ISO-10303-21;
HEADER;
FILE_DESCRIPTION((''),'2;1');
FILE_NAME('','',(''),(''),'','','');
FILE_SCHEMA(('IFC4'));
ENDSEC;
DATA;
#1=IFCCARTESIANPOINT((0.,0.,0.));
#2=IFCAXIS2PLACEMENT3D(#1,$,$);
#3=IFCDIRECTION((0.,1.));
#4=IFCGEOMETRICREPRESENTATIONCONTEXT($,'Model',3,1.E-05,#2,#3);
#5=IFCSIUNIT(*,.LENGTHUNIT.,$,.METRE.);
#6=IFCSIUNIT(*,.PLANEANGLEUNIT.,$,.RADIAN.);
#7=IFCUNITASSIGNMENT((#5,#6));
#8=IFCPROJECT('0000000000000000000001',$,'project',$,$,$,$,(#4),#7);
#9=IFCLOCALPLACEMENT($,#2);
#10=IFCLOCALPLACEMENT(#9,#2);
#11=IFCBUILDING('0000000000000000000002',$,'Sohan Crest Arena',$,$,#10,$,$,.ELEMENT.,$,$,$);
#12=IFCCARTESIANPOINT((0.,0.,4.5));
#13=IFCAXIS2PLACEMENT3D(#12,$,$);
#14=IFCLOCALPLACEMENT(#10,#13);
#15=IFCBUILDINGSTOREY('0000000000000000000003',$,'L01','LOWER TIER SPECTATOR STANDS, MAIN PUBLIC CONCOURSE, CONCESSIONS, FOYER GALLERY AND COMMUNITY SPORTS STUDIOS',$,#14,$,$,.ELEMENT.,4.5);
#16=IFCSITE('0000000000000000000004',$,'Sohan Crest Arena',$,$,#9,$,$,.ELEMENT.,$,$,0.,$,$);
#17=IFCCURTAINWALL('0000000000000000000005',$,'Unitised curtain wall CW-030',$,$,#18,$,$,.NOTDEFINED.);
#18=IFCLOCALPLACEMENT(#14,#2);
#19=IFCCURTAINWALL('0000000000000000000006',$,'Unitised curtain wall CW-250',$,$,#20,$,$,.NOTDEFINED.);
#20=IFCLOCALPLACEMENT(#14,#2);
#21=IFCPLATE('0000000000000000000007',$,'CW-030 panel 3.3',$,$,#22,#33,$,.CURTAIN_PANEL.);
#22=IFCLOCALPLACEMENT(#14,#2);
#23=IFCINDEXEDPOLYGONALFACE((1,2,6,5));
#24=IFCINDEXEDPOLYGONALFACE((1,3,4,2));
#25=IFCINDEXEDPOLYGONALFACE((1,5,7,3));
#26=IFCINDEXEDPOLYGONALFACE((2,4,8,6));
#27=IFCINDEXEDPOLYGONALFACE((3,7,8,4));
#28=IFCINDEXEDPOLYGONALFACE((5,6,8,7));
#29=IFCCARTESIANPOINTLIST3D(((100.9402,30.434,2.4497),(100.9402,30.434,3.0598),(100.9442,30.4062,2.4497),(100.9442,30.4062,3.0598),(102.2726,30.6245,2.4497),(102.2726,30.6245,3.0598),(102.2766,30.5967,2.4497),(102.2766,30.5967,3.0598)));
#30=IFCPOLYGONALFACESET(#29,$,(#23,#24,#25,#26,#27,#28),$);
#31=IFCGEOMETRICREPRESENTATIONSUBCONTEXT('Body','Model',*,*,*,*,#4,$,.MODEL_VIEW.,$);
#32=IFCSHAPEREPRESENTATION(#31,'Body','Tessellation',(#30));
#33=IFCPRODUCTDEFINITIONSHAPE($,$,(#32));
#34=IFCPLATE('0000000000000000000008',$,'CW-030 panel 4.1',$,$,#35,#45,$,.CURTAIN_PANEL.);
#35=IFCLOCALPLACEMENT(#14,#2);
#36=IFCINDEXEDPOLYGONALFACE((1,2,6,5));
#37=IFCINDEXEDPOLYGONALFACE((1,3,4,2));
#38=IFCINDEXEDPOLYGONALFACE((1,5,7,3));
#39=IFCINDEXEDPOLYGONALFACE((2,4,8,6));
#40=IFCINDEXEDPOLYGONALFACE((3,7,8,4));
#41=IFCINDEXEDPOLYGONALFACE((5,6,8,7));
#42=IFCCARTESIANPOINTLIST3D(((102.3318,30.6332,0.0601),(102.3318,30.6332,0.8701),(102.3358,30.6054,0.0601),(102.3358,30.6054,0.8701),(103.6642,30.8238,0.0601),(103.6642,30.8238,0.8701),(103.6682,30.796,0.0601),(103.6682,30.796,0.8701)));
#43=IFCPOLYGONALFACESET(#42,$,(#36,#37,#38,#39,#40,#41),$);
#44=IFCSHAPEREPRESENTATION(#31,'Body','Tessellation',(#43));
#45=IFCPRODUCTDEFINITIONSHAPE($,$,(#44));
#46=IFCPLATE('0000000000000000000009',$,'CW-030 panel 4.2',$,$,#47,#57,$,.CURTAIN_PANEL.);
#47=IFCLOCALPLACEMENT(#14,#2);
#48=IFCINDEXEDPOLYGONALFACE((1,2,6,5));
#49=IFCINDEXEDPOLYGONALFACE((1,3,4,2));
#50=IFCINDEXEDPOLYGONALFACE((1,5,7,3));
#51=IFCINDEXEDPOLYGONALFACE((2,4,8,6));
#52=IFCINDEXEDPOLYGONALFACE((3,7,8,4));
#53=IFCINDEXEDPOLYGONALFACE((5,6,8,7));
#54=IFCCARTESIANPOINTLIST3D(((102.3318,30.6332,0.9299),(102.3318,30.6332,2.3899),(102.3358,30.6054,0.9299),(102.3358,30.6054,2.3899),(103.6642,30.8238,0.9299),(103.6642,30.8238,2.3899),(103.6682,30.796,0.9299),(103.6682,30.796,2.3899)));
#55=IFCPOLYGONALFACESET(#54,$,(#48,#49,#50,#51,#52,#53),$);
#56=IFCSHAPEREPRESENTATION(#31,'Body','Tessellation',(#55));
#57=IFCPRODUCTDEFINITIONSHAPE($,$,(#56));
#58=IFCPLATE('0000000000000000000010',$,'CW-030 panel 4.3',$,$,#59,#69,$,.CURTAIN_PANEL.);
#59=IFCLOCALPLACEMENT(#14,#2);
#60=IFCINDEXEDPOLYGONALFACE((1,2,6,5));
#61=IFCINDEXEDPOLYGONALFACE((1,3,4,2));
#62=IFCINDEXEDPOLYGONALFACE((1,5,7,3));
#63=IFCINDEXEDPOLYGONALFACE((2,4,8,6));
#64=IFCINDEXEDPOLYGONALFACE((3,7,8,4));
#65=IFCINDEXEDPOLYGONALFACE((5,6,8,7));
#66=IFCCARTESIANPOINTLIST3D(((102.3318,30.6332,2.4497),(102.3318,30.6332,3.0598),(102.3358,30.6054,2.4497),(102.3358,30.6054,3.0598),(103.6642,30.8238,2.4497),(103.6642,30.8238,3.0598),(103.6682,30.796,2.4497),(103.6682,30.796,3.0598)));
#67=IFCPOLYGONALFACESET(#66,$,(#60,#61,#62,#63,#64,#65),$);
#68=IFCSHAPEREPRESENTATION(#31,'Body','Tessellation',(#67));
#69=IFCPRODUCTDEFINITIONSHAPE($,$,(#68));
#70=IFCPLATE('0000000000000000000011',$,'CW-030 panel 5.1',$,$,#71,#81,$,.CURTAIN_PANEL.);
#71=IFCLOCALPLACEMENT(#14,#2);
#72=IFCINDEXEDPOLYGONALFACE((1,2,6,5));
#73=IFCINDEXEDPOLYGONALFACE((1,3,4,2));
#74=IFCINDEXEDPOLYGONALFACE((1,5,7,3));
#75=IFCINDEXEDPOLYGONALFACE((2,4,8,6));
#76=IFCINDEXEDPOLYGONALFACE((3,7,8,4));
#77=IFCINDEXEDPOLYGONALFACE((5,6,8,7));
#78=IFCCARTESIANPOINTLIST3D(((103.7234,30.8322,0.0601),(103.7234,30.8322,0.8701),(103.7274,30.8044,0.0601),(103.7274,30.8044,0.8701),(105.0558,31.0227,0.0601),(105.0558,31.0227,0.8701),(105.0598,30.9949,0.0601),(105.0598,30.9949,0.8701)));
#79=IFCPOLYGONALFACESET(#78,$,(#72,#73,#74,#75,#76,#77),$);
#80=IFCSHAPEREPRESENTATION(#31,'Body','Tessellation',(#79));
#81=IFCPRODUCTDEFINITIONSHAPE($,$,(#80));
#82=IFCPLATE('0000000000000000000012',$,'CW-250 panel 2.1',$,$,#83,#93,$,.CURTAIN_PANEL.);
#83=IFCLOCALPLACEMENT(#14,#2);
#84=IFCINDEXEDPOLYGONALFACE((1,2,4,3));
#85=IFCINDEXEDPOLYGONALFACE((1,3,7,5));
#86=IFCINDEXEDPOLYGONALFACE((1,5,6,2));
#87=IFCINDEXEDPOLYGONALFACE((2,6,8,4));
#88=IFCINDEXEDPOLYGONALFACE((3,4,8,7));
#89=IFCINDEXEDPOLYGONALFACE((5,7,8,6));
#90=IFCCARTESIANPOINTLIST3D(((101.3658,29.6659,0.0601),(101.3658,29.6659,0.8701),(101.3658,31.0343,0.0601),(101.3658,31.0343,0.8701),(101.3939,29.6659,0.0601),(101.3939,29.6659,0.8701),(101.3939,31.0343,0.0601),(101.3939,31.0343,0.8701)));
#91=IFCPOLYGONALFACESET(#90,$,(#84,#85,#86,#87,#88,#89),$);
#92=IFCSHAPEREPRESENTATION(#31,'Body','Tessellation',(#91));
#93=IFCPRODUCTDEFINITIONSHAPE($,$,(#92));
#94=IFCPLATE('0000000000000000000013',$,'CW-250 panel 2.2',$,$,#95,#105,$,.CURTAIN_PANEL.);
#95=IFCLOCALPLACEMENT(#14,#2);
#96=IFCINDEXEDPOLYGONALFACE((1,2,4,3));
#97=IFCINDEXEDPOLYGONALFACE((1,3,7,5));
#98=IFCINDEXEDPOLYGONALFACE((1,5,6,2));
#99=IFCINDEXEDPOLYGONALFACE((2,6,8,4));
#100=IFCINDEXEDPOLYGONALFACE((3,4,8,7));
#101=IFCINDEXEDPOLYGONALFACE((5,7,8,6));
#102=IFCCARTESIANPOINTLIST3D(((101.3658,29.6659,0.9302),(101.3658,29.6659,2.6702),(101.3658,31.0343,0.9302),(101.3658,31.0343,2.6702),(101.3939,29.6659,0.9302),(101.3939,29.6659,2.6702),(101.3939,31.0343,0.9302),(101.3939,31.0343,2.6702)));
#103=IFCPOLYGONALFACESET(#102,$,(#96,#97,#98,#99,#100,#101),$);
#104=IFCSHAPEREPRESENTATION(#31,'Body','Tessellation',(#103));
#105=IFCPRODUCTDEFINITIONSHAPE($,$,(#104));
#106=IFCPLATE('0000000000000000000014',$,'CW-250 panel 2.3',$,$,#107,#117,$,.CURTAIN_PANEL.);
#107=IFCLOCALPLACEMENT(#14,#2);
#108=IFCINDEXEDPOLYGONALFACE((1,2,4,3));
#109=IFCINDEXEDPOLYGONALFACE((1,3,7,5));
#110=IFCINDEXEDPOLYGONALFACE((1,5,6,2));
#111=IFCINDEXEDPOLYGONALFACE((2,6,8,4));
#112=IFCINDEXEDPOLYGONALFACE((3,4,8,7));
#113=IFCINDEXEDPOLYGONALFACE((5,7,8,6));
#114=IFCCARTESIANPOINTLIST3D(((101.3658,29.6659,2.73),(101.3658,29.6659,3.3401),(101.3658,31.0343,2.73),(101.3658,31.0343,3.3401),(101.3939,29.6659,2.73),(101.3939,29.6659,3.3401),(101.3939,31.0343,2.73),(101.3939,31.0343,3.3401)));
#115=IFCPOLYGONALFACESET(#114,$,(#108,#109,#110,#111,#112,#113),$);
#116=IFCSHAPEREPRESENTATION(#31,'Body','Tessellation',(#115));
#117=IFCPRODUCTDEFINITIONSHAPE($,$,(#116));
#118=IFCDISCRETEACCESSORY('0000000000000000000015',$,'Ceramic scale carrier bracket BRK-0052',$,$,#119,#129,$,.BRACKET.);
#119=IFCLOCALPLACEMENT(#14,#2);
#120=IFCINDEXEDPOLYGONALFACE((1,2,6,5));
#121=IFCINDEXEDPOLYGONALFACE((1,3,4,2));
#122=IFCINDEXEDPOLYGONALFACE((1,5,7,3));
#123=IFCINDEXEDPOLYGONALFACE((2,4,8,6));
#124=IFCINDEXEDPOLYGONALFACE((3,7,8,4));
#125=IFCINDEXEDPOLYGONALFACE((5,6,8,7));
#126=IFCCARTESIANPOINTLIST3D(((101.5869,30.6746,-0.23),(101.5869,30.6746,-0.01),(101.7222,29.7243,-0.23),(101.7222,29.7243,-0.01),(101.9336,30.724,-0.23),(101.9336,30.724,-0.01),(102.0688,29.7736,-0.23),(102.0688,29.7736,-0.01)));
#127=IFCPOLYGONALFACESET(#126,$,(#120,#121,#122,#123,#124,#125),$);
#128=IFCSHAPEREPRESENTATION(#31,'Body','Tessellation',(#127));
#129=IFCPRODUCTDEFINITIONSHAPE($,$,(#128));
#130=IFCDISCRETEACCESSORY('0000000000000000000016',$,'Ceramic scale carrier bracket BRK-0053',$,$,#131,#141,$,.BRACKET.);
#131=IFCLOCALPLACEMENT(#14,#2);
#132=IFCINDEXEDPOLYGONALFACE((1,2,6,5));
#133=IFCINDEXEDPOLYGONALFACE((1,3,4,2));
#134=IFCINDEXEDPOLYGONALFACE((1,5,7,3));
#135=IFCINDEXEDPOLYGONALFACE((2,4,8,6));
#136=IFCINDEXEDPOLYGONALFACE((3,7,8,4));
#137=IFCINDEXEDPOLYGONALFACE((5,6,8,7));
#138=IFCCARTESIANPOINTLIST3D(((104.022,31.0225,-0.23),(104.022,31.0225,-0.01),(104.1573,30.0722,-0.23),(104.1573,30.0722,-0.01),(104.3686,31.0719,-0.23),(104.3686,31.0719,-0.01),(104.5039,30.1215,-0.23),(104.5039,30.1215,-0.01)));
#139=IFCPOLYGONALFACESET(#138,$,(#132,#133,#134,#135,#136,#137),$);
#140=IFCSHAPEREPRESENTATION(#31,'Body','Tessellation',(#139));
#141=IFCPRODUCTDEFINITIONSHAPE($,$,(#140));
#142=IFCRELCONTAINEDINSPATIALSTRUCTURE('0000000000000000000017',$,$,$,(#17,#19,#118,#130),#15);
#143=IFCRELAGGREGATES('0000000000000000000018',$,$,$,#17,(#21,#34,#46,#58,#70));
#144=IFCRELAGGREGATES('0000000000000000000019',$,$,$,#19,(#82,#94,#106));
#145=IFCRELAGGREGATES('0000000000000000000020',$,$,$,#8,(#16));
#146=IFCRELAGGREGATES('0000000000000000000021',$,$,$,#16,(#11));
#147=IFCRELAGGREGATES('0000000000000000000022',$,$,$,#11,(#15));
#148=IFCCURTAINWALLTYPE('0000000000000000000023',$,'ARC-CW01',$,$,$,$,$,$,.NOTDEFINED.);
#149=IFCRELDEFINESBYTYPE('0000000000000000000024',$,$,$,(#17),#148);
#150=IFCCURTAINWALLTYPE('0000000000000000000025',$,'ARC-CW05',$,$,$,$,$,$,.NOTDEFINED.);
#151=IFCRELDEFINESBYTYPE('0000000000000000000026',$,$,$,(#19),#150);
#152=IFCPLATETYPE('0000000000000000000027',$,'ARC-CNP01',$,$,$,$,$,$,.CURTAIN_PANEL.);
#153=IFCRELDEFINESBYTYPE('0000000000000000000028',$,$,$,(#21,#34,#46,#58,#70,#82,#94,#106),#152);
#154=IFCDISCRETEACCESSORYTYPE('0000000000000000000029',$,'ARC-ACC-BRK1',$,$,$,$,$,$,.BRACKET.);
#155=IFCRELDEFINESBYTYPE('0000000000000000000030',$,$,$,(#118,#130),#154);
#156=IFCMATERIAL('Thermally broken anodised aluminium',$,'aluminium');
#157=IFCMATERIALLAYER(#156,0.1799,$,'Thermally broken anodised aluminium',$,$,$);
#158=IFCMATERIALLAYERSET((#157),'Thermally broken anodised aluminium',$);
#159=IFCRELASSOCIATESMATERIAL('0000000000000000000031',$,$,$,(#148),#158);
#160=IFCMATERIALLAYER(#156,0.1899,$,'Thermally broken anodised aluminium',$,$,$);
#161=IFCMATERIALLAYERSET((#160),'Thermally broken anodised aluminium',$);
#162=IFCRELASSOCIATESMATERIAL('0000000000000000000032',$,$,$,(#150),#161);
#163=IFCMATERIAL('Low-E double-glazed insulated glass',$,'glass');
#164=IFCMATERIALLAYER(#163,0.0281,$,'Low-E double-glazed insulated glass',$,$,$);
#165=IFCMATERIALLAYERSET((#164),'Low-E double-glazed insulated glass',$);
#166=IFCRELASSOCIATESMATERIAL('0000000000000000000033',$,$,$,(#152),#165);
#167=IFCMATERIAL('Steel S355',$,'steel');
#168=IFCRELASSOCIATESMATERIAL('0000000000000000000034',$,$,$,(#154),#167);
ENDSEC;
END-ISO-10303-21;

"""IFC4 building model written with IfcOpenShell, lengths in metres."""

from ifc_helpers import new_model, si_unit, direction, frame, origin, origin_2d, place, context, subcontext, project, spatial, rectangle, extrude, material, layer, layer_set, type_object, element, aggregate, save


model = new_model("IFC4")

# Units and contexts
model_context = context("Model", 3, precision=1e-05, world=origin(), true_north=direction((0.0, 1.0)))
body_context = subcontext(model_context, "Body", "Model", "MODEL_VIEW")
ifc_project = project(units=[si_unit("LENGTHUNIT", "METRE"), si_unit("PLANEANGLEUNIT", "RADIAN")], contexts=[model_context])

# Site, building, storey
site_placement = place(None, origin())
site = spatial("IfcSite", under=ifc_project, at=site_placement, Name="Sohan Crest Arena", CompositionType="ELEMENT", RefElevation=0.0)
building_placement = place(site_placement, origin())
building = spatial("IfcBuilding", under=site, at=building_placement, Name="Sohan Crest Arena", CompositionType="ELEMENT")
storey_placement = place(building_placement, frame((0.0, 0.0, 4.5)))
storey = spatial("IfcBuildingStorey", under=building, at=storey_placement, Name="L01", Description="LOWER TIER SPECTATOR STANDS, MAIN PUBLIC CONCOURSE, CONCESSIONS, FOYER GALLERY AND COMMUNITY SPORTS STUDIOS", CompositionType="ELEMENT", Elevation=4.5)

# Curtain wall
ifc_material_1 = material(Name="Thermally broken anodised aluminium", Category="aluminium")
ifc_layer_1 = layer(ifc_material_1, 0.1799, Name="Thermally broken anodised aluminium")
ifc_layer_set_1 = layer_set([ifc_layer_1], Name="Thermally broken anodised aluminium")
curtain_wall_type_1 = type_object("IfcCurtainWallType", Name="ARC-CW01", PredefinedType="NOTDEFINED", material=ifc_layer_set_1)
curtain_wall_1_placement = place(storey_placement, origin())
curtain_wall_1 = element("IfcCurtainWall", 1, at=curtain_wall_1_placement, inside=storey, type_object=curtain_wall_type_1, Name="Unitised curtain wall CW-030", PredefinedType="NOTDEFINED")

# Curtain wall
ifc_layer_2 = layer(ifc_material_1, 0.1899, Name="Thermally broken anodised aluminium")
ifc_layer_set_2 = layer_set([ifc_layer_2], Name="Thermally broken anodised aluminium")
curtain_wall_type_2 = type_object("IfcCurtainWallType", Name="ARC-CW05", PredefinedType="NOTDEFINED", material=ifc_layer_set_2)
curtain_wall_2_placement = place(storey_placement, origin())
curtain_wall_2 = element("IfcCurtainWall", 2, at=curtain_wall_2_placement, inside=storey, type_object=curtain_wall_type_2, Name="Unitised curtain wall CW-250", PredefinedType="NOTDEFINED")

# Plates
ifc_material_2 = material(Name="Low-E double-glazed insulated glass", Category="glass")
ifc_layer_3 = layer(ifc_material_2, 0.0281, Name="Low-E double-glazed insulated glass")
ifc_layer_set_3 = layer_set([ifc_layer_3], Name="Low-E double-glazed insulated glass")
plate_type = type_object("IfcPlateType", Name="ARC-CNP01", PredefinedType="CURTAIN_PANEL", material=ifc_layer_set_3)
plate_1_placement = place(storey_placement, frame((101.6084, 30.5154, 2.4497), z_axis=(0.0, 0.0, 1.0), x_axis=(0.989931, 0.141549, 0.0)))
plate_1 = element("IfcPlate", 3, at=plate_1_placement, type_object=plate_type, Name="CW-030 panel 3.3", PredefinedType="CURTAIN_PANEL", context=body_context, shape_type="SweptSolid", body=[
    extrude(rectangle(XDim=1.3459, YDim=0.0281, at=origin_2d()), origin(), (0.0, 0.0, 1.0), 0.6101),
])
plate_2_placement = place(storey_placement, frame((103.0, 30.7146, 0.0601), z_axis=(0.0, 0.0, 1.0), x_axis=(0.989931, 0.141549, 0.0)))
plate_2 = element("IfcPlate", 4, at=plate_2_placement, type_object=plate_type, Name="CW-030 panel 4.1", PredefinedType="CURTAIN_PANEL", context=body_context, shape_type="SweptSolid", body=[
    extrude(rectangle(XDim=1.3459, YDim=0.0281, at=origin_2d()), origin(), (0.0, 0.0, 1.0), 0.8101),
])
plate_3_placement = place(storey_placement, frame((103.0, 30.7146, 0.9299), z_axis=(0.0, 0.0, 1.0), x_axis=(0.989931, 0.141549, 0.0)))
plate_3 = element("IfcPlate", 5, at=plate_3_placement, type_object=plate_type, Name="CW-030 panel 4.2", PredefinedType="CURTAIN_PANEL", context=body_context, shape_type="SweptSolid", body=[
    extrude(rectangle(XDim=1.3459, YDim=0.0281, at=origin_2d()), origin(), (0.0, 0.0, 1.0), 1.46),
])
plate_4_placement = place(storey_placement, frame((103.0, 30.7146, 2.4497), z_axis=(0.0, 0.0, 1.0), x_axis=(0.989931, 0.141549, 0.0)))
plate_4 = element("IfcPlate", 6, at=plate_4_placement, type_object=plate_type, Name="CW-030 panel 4.3", PredefinedType="CURTAIN_PANEL", context=body_context, shape_type="SweptSolid", body=[
    extrude(rectangle(XDim=1.3459, YDim=0.0281, at=origin_2d()), origin(), (0.0, 0.0, 1.0), 0.6101),
])
plate_5_placement = place(storey_placement, frame((104.3916, 30.9136, 0.0601), z_axis=(0.0, 0.0, 1.0), x_axis=(0.989931, 0.141549, 0.0)))
plate_5 = element("IfcPlate", 7, at=plate_5_placement, type_object=plate_type, Name="CW-030 panel 5.1", PredefinedType="CURTAIN_PANEL", context=body_context, shape_type="SweptSolid", body=[
    extrude(rectangle(XDim=1.3459, YDim=0.0281, at=origin_2d()), origin(), (0.0, 0.0, 1.0), 0.8101),
])
aggregate(curtain_wall_1, [plate_1, plate_2, plate_3, plate_4, plate_5])
plate_6_placement = place(storey_placement, frame((101.3799, 30.3501, 0.0601), z_axis=(0.0, 0.0, 1.0), x_axis=(0.0, 1.0, 0.0)))
plate_6 = element("IfcPlate", 8, at=plate_6_placement, type_object=plate_type, Name="CW-250 panel 2.1", PredefinedType="CURTAIN_PANEL", context=body_context, shape_type="SweptSolid", body=[
    extrude(rectangle(XDim=1.3684, YDim=0.0281, at=origin_2d()), origin(), (0.0, 0.0, 1.0), 0.8101),
])
plate_7_placement = place(storey_placement, frame((101.3799, 30.3501, 0.9302), z_axis=(0.0, 0.0, 1.0), x_axis=(0.0, 1.0, 0.0)))
plate_7 = element("IfcPlate", 9, at=plate_7_placement, type_object=plate_type, Name="CW-250 panel 2.2", PredefinedType="CURTAIN_PANEL", context=body_context, shape_type="SweptSolid", body=[
    extrude(rectangle(XDim=1.3684, YDim=0.0281, at=origin_2d()), origin(), (0.0, 0.0, 1.0), 1.74),
])
plate_8_placement = place(storey_placement, frame((101.3799, 30.3501, 2.73), z_axis=(0.0, 0.0, 1.0), x_axis=(0.0, 1.0, 0.0)))
plate_8 = element("IfcPlate", 10, at=plate_8_placement, type_object=plate_type, Name="CW-250 panel 2.3", PredefinedType="CURTAIN_PANEL", context=body_context, shape_type="SweptSolid", body=[
    extrude(rectangle(XDim=1.3684, YDim=0.0281, at=origin_2d()), origin(), (0.0, 0.0, 1.0), 0.6101),
])
aggregate(curtain_wall_2, [plate_6, plate_7, plate_8])

# Discrete accessories
ifc_material_3 = material(Name="Steel S355", Category="steel")
discrete_accessory_type = type_object("IfcDiscreteAccessoryType", Name="ARC-ACC-BRK1", PredefinedType="BRACKET", material=ifc_material_3)
for number, where, z_axis, x_axis, name in (
    (11, (101.8279, 30.2241, -0.23), (0.0, 0.0, 1.0), (0.990024, 0.140901, 0.0), "Ceramic scale carrier bracket BRK-0052"),
    (12, (104.2629, 30.572, -0.23), (0.0, 0.0, 1.0), (0.990024, 0.140901, 0.0), "Ceramic scale carrier bracket BRK-0053"),
):
    element("IfcDiscreteAccessory", number, at=place(storey_placement, frame(where, z_axis=z_axis, x_axis=x_axis)), inside=storey, type_object=discrete_accessory_type, Name=name, PredefinedType="BRACKET", context=body_context, shape_type="SweptSolid", body=[
        extrude(rectangle(XDim=0.3501, YDim=0.96, at=origin_2d()), origin(), (0.0, 0.0, 1.0), 0.22),
    ])

save(model, "model.ifc")
